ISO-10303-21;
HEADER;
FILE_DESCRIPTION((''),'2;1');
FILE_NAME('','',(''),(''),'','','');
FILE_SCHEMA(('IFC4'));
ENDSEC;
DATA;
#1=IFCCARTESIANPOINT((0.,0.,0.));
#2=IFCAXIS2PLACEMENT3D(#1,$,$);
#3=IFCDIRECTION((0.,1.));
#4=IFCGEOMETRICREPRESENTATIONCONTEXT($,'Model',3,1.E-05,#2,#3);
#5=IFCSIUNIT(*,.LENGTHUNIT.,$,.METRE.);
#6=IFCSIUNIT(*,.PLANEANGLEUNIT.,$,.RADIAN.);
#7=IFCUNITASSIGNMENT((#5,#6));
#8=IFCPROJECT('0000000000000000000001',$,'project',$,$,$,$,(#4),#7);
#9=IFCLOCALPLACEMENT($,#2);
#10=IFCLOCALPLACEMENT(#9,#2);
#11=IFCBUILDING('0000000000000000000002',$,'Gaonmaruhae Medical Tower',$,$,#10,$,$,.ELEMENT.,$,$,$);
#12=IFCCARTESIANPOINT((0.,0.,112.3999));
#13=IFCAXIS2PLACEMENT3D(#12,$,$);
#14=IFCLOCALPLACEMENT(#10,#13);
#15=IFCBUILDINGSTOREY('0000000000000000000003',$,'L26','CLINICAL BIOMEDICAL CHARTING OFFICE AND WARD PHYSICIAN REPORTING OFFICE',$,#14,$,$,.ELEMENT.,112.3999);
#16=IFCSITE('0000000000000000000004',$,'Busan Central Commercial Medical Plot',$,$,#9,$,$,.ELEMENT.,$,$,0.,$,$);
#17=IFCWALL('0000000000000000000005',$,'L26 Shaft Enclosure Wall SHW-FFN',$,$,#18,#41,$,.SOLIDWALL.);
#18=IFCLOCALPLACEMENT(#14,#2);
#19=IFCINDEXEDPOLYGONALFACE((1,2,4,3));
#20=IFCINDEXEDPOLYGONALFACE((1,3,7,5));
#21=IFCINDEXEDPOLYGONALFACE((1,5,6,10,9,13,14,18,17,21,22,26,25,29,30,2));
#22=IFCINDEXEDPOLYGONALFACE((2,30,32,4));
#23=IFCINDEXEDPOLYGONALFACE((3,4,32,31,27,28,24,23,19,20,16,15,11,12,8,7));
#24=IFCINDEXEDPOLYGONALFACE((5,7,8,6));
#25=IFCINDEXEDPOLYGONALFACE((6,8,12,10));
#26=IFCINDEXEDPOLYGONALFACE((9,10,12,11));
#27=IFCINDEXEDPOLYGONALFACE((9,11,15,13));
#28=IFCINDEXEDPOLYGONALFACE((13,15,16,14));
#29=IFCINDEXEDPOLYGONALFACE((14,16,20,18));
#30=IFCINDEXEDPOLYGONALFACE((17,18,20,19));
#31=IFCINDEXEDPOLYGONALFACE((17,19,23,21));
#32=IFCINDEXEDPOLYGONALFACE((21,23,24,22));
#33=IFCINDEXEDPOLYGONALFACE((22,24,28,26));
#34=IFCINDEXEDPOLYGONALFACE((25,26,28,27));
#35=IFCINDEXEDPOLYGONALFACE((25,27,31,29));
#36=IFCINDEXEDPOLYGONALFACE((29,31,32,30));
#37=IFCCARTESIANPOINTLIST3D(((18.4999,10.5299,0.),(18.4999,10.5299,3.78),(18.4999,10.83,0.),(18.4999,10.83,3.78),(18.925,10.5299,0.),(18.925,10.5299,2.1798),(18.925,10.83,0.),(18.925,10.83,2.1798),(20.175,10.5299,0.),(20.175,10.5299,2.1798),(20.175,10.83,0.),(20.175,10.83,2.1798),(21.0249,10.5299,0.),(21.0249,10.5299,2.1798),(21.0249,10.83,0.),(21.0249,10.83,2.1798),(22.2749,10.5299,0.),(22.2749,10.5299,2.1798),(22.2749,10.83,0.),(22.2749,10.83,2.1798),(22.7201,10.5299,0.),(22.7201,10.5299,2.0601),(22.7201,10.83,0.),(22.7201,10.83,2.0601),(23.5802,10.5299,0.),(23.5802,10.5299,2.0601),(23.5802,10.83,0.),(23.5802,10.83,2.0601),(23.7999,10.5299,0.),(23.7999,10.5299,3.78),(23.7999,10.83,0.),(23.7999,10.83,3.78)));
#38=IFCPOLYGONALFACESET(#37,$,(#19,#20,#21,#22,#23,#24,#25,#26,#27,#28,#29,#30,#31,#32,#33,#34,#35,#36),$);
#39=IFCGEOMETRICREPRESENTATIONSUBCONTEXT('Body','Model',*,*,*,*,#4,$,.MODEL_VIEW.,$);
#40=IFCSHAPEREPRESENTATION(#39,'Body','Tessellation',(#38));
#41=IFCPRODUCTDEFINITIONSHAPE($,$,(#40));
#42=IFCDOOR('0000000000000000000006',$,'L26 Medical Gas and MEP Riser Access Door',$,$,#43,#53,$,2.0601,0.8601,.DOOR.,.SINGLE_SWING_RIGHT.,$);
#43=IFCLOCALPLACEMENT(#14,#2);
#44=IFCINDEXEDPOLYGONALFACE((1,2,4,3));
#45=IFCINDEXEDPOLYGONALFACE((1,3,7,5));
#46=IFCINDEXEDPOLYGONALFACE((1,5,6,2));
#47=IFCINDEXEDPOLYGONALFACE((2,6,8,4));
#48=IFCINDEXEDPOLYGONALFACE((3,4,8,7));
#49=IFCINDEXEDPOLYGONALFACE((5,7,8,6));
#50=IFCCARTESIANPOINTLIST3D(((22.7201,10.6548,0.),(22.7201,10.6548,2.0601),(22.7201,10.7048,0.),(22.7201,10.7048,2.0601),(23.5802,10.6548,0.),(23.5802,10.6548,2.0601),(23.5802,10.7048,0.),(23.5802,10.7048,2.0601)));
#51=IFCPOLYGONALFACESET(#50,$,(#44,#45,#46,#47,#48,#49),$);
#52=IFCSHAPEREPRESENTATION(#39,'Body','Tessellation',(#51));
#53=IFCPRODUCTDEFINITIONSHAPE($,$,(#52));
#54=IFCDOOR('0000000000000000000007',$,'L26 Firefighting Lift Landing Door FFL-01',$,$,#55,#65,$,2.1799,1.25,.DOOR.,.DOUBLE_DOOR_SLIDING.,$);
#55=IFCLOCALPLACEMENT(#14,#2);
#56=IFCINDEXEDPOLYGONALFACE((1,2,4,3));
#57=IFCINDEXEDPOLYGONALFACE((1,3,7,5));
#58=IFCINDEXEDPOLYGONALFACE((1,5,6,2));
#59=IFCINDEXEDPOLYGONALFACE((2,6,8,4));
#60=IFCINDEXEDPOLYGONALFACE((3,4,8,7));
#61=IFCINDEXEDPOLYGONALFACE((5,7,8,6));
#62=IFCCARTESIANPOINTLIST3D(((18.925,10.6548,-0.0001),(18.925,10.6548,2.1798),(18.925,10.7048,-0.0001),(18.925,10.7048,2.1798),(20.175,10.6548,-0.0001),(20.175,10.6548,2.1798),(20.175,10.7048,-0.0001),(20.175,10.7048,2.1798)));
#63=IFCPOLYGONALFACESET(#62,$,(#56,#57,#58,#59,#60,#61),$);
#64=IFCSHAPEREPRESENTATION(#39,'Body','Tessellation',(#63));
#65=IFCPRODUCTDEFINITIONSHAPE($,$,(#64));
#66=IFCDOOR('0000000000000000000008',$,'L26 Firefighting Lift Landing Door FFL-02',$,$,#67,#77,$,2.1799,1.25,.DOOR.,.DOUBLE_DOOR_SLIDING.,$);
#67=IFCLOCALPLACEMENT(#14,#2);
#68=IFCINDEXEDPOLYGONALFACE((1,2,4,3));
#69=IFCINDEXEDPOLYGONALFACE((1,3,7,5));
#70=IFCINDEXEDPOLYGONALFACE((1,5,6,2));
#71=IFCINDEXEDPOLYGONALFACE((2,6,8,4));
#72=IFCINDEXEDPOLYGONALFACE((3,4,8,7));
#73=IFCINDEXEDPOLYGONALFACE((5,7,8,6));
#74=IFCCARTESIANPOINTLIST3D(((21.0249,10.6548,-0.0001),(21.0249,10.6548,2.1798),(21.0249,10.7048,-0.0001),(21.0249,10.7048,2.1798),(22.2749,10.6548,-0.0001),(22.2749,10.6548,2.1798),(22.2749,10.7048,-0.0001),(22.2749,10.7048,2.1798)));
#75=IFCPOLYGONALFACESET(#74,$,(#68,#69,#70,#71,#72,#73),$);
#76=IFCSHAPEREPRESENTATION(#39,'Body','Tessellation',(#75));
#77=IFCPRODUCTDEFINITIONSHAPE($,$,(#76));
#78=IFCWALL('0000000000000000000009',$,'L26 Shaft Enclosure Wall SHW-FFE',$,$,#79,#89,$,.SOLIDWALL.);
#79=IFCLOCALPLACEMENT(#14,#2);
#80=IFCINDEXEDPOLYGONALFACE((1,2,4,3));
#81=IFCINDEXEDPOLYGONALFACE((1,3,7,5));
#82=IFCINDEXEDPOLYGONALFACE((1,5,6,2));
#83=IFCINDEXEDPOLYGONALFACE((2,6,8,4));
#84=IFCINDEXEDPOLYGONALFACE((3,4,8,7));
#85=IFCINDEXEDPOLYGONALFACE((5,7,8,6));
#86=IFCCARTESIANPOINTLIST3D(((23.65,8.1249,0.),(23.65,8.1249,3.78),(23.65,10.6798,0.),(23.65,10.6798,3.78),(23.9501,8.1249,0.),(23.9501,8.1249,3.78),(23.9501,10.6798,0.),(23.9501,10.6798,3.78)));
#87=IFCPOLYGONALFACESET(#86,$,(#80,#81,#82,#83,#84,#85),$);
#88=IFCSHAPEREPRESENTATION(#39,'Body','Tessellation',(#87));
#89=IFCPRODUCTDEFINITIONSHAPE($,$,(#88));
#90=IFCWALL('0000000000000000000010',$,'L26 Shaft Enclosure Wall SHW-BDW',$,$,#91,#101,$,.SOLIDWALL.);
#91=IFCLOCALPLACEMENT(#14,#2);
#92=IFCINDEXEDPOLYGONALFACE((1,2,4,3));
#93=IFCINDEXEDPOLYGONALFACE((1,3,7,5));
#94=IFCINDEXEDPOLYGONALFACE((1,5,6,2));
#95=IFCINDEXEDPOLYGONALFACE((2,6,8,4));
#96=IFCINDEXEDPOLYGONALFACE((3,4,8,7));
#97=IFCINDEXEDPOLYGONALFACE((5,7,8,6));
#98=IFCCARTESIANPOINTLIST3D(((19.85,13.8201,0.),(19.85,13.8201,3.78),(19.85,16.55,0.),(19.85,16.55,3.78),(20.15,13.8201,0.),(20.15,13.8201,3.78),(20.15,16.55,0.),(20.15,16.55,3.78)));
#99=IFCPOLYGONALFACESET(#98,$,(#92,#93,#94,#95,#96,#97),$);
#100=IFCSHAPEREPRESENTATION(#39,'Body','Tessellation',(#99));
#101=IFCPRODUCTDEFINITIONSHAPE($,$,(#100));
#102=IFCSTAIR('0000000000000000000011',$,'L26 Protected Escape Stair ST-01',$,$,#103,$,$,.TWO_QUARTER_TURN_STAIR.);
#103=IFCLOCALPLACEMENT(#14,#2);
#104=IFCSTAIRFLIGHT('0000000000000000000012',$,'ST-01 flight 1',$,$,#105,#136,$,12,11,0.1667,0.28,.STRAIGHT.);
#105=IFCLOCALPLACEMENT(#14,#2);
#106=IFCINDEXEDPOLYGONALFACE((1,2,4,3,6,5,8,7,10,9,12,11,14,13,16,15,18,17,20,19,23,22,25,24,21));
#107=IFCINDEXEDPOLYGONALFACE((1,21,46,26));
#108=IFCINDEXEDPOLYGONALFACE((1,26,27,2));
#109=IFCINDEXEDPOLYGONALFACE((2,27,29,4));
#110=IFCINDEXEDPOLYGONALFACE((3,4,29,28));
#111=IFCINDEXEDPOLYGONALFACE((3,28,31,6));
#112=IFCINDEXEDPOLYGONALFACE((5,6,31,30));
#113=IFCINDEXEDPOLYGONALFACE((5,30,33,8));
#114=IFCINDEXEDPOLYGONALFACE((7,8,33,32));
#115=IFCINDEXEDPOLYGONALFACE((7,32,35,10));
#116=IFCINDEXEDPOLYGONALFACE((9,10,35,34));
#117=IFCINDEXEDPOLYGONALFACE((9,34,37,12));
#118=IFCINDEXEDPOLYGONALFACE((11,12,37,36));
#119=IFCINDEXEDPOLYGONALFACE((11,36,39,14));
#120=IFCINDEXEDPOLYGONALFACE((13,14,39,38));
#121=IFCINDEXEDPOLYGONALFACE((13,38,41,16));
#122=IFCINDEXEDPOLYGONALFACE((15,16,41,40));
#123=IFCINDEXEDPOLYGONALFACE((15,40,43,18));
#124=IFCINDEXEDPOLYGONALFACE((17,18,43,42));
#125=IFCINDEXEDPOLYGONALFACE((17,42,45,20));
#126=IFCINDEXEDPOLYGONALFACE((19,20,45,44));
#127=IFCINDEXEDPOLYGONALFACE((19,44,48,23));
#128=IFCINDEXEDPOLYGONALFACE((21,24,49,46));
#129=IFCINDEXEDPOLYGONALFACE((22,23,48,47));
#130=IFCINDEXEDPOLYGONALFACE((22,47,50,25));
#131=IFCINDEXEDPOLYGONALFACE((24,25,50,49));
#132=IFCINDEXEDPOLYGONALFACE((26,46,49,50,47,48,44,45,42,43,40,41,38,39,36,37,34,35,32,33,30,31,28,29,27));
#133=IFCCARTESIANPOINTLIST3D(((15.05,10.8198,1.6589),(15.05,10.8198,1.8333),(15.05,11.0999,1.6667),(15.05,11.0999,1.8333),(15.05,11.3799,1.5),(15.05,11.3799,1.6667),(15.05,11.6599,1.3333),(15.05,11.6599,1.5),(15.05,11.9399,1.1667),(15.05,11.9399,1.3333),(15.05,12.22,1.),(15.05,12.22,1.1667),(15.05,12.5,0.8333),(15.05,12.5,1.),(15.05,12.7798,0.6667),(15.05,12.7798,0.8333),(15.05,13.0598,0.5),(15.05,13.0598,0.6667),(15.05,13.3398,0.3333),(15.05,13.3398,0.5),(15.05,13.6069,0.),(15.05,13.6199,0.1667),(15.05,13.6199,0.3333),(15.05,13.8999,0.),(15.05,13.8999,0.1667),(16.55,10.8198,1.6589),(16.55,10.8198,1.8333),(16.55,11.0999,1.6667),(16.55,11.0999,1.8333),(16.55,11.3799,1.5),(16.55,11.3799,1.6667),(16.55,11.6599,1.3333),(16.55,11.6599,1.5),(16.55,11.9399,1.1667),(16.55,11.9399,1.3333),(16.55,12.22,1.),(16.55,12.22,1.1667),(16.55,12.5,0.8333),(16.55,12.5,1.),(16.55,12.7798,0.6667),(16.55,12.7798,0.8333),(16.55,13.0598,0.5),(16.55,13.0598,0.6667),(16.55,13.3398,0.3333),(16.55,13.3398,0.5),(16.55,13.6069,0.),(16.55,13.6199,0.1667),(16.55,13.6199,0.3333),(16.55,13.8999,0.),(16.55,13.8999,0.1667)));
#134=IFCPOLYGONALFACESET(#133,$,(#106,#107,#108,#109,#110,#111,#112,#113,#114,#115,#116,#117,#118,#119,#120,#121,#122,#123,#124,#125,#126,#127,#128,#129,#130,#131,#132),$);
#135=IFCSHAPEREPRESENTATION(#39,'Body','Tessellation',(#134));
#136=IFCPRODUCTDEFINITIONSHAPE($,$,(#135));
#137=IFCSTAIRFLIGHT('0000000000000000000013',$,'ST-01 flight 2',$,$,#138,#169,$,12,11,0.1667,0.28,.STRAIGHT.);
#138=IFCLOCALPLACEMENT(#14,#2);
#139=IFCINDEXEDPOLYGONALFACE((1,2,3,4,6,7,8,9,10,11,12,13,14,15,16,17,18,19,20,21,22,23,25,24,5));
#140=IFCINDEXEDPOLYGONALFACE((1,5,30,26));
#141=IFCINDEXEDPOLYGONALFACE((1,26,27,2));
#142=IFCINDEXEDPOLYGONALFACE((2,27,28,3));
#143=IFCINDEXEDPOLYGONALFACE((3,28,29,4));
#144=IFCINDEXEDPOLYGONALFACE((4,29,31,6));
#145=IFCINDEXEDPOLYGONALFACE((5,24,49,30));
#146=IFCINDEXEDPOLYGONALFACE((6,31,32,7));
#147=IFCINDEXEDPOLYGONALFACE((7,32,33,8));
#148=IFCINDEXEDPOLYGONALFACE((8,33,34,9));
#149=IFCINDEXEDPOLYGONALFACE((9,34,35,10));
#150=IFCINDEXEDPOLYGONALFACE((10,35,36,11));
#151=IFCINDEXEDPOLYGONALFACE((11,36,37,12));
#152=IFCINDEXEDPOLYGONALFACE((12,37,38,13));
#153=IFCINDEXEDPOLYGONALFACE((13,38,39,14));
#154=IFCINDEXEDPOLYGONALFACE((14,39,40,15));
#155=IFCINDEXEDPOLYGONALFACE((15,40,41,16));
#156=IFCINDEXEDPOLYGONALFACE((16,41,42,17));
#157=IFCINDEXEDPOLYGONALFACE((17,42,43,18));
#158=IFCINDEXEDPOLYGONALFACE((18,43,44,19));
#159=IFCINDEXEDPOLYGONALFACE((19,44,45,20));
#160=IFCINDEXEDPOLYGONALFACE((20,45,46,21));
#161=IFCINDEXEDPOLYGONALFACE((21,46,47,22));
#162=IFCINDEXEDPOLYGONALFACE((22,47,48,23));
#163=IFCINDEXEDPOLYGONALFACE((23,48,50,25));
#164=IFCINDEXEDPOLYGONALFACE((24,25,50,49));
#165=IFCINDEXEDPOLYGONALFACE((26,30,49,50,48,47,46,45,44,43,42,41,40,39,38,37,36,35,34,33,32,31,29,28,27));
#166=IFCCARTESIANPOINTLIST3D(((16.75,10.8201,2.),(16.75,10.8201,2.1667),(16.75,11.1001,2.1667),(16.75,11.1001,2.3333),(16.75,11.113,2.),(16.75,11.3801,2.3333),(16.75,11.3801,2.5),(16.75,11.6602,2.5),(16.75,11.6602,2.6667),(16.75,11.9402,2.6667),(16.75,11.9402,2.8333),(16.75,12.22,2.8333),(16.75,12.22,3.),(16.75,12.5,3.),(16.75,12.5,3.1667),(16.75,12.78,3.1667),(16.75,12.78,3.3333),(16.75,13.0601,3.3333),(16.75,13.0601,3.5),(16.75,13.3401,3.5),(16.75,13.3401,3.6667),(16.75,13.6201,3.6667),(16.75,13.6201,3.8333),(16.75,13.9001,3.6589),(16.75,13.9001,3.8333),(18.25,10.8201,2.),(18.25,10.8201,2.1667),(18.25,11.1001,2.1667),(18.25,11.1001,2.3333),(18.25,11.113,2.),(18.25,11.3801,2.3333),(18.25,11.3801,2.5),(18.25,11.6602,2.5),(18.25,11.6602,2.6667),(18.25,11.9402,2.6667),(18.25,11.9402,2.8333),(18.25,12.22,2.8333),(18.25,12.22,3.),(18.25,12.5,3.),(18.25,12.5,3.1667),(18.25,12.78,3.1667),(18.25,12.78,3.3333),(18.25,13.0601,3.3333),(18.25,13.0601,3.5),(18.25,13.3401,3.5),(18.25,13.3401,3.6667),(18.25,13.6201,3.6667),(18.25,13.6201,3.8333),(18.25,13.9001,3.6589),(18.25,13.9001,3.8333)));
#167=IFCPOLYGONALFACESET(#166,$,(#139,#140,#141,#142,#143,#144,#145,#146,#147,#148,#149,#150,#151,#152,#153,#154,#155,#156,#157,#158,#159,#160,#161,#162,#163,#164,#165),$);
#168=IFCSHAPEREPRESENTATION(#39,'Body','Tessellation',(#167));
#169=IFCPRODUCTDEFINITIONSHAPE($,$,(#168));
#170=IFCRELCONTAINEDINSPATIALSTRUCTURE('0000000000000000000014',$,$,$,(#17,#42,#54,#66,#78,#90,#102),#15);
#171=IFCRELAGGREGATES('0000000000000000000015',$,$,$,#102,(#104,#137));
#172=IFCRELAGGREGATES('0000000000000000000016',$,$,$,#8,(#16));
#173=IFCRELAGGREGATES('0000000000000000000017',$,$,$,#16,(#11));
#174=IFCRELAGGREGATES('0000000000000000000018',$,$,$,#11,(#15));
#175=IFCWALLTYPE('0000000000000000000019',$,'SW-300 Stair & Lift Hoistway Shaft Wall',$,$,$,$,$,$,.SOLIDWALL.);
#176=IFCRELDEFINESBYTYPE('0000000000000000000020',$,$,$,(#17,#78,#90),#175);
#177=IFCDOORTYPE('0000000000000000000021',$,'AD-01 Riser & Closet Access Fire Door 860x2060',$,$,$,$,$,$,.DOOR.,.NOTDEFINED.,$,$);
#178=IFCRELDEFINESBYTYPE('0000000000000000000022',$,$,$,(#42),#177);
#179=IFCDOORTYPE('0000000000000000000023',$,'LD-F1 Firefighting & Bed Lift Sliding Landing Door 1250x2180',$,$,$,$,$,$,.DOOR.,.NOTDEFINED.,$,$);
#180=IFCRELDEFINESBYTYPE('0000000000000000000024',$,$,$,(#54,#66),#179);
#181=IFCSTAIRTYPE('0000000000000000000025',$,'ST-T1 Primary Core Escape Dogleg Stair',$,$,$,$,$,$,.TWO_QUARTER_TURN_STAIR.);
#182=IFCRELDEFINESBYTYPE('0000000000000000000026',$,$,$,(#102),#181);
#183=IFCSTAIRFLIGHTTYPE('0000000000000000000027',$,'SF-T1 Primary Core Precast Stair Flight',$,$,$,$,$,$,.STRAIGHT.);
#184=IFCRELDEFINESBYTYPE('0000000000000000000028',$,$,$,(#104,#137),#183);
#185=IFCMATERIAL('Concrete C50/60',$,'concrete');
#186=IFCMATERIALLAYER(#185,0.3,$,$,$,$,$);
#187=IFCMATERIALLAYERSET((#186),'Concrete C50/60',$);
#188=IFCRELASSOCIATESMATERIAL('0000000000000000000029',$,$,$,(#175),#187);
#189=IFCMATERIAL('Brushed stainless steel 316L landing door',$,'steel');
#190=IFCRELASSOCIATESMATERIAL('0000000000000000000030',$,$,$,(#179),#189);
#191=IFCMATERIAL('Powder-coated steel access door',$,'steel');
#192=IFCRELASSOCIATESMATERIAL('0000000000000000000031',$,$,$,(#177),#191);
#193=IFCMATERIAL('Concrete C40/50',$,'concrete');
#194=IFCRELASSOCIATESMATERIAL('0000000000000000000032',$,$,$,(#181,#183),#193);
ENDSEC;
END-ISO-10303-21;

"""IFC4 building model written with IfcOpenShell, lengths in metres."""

from ifc_helpers import new_model, si_unit, direction, frame, frame_2d, origin, place, context, subcontext, project, spatial, polyline, rectangle, outline, extrude, material, layer, layer_set, type_object, element, fill, aggregate, save


model = new_model("IFC4")

# Units and contexts
model_context = context("Model", 3, precision=1e-05, world=origin(), true_north=direction((0.0, 1.0)))
body_context = subcontext(model_context, "Body", "Model", "MODEL_VIEW")
ifc_project = project(units=[si_unit("LENGTHUNIT", "METRE"), si_unit("PLANEANGLEUNIT", "RADIAN")], contexts=[model_context])

# Site, building, storey
site_placement = place(None, origin())
site = spatial("IfcSite", under=ifc_project, at=site_placement, Name="Busan Central Commercial Medical Plot", CompositionType="ELEMENT", RefElevation=0.0)
building_placement = place(site_placement, origin())
building = spatial("IfcBuilding", under=site, at=building_placement, Name="Gaonmaruhae Medical Tower", CompositionType="ELEMENT")
storey_placement = place(building_placement, frame((0.0, 0.0, 112.3999)))
storey = spatial("IfcBuildingStorey", under=building, at=storey_placement, Name="L26", Description="CLINICAL BIOMEDICAL CHARTING OFFICE AND WARD PHYSICIAN REPORTING OFFICE", CompositionType="ELEMENT", Elevation=112.3999)

# Shared definitions
ifc_material_1 = material(Name="Concrete C50/60", Category="concrete")

# Wall, openings, doors
ifc_layer_1 = layer(ifc_material_1, 0.3)
ifc_layer_set_1 = layer_set([ifc_layer_1], Name="Concrete C50/60")
wall_type_1 = type_object("IfcWallType", Name="SW-300 Stair & Lift Hoistway Shaft Wall", PredefinedType="SOLIDWALL", material=ifc_layer_set_1)
ifc_material_2 = material(Name="Brushed stainless steel 316L landing door", Category="steel")
door_type_1 = type_object("IfcDoorType", Name="LD-F1 Firefighting & Bed Lift Sliding Landing Door 1250x2180", OperationType="NOTDEFINED", PredefinedType="DOOR", material=ifc_material_2)
wall_1_placement = place(storey_placement, frame((18.5, 10.6799, 0.0), z_axis=(0.0, 0.0, 1.0), x_axis=(1.0, 0.0, 0.0)))
wall_1 = element("IfcWall", 1, at=wall_1_placement, inside=storey, type_object=wall_type_1, Name="L26 Shaft Enclosure Wall SHW-FFN", PredefinedType="SOLIDWALL", context=body_context, shape_type="SweptSolid", body=[
    extrude(rectangle(XDim=5.3, YDim=0.3, at=frame_2d((2.6499, 0.0))), origin(), (0.0, 0.0, 1.0), 3.78),
])
opening_1_placement = place(wall_1_placement, frame((4.22, 0.0, 0.0)))
opening_1 = element("IfcOpeningElement", 2, at=opening_1_placement, cuts=wall_1, PredefinedType="OPENING", context=body_context, shape_type="SweptSolid", body=[
    extrude(rectangle(XDim=0.8601, YDim=2.0601, at=frame_2d((0.4302, 1.03))), frame((0.0, 0.1602, 0.0), z_axis=(0.0, -1.0, 0.0), x_axis=(1.0, 0.0, 0.0)), (0.0, 0.0, 1.0), 0.3201),
])
opening_2_placement = place(wall_1_placement, frame((0.425, 0.0, 0.0)))
opening_2 = element("IfcOpeningElement", 3, at=opening_2_placement, cuts=wall_1, PredefinedType="OPENING", context=body_context, shape_type="SweptSolid", body=[
    extrude(rectangle(XDim=1.25, YDim=2.1799, at=frame_2d((0.625, 1.0898))), frame((0.0, 0.1602, 0.0), z_axis=(0.0, -1.0, 0.0), x_axis=(1.0, 0.0, 0.0)), (0.0, 0.0, 1.0), 0.3201),
])
opening_3_placement = place(wall_1_placement, frame((2.5249, 0.0, 0.0)))
opening_3 = element("IfcOpeningElement", 4, at=opening_3_placement, cuts=wall_1, PredefinedType="OPENING", context=body_context, shape_type="SweptSolid", body=[
    extrude(rectangle(XDim=1.25, YDim=2.1799, at=frame_2d((0.625, 1.0898))), frame((0.0, 0.1602, 0.0), z_axis=(0.0, -1.0, 0.0), x_axis=(1.0, 0.0, 0.0)), (0.0, 0.0, 1.0), 0.3201),
])
ifc_material_3 = material(Name="Powder-coated steel access door", Category="steel")
door_type_2 = type_object("IfcDoorType", Name="AD-01 Riser & Closet Access Fire Door 860x2060", OperationType="NOTDEFINED", PredefinedType="DOOR", material=ifc_material_3)
door_1_placement = place(opening_1_placement, origin())
door_1 = element("IfcDoor", 5, at=door_1_placement, inside=storey, type_object=door_type_2, Name="L26 Medical Gas and MEP Riser Access Door", OperationType="SINGLE_SWING_RIGHT", OverallHeight=2.0601, OverallWidth=0.8601, PredefinedType="DOOR", context=body_context, shape_type="SweptSolid", body=[
    extrude(rectangle(XDim=0.8601, YDim=2.0601, at=frame_2d((0.4302, 1.03))), frame((0.0, 0.0249, 0.0), z_axis=(0.0, -1.0, 0.0), x_axis=(1.0, 0.0, 0.0)), (0.0, 0.0, 1.0), 0.05),
])
fill(opening_1, door_1)
door_2_placement = place(opening_2_placement, origin())
door_2 = element("IfcDoor", 6, at=door_2_placement, inside=storey, type_object=door_type_1, Name="L26 Firefighting Lift Landing Door FFL-01", OperationType="DOUBLE_DOOR_SLIDING", OverallHeight=2.1799, OverallWidth=1.25, PredefinedType="DOOR", context=body_context, shape_type="SweptSolid", body=[
    extrude(rectangle(XDim=1.25, YDim=2.1799, at=frame_2d((0.625, 1.0898))), frame((0.0, 0.0249, 0.0), z_axis=(0.0, -1.0, 0.0), x_axis=(1.0, 0.0, 0.0)), (0.0, 0.0, 1.0), 0.05),
])
fill(opening_2, door_2)
door_3_placement = place(opening_3_placement, origin())
door_3 = element("IfcDoor", 7, at=door_3_placement, inside=storey, type_object=door_type_1, Name="L26 Firefighting Lift Landing Door FFL-02", OperationType="DOUBLE_DOOR_SLIDING", OverallHeight=2.1799, OverallWidth=1.25, PredefinedType="DOOR", context=body_context, shape_type="SweptSolid", body=[
    extrude(rectangle(XDim=1.25, YDim=2.1799, at=frame_2d((0.625, 1.0898))), frame((0.0, 0.0249, 0.0), z_axis=(0.0, -1.0, 0.0), x_axis=(1.0, 0.0, 0.0)), (0.0, 0.0, 1.0), 0.05),
])
fill(opening_3, door_3)

# Walls
wall_2_placement = place(storey_placement, frame((23.8, 8.125, 0.0), z_axis=(0.0, 0.0, 1.0), x_axis=(0.0, 1.0, 0.0)))
element("IfcWall", 8, at=wall_2_placement, inside=storey, type_object=wall_type_1, Name="L26 Shaft Enclosure Wall SHW-FFE", PredefinedType="SOLIDWALL", context=body_context, shape_type="SweptSolid", body=[
    extrude(rectangle(XDim=2.5549, YDim=0.3, at=frame_2d((1.2773, 0.0))), origin(), (0.0, 0.0, 1.0), 3.78),
])
wall_3_placement = place(storey_placement, frame((20.0, 13.8201, 0.0), z_axis=(0.0, 0.0, 1.0), x_axis=(0.0, 1.0, 0.0)))
element("IfcWall", 9, at=wall_3_placement, inside=storey, type_object=wall_type_1, Name="L26 Shaft Enclosure Wall SHW-BDW", PredefinedType="SOLIDWALL", context=body_context, shape_type="SweptSolid", body=[
    extrude(rectangle(XDim=2.73, YDim=0.3, at=frame_2d((1.365, 0.0))), origin(), (0.0, 0.0, 1.0), 3.78),
])

# Stair, stair flights
ifc_material_4 = material(Name="Concrete C40/50", Category="concrete")
stair_type = type_object("IfcStairType", Name="ST-T1 Primary Core Escape Dogleg Stair", PredefinedType="TWO_QUARTER_TURN_STAIR", material=ifc_material_4)
stair_placement = place(storey_placement, origin())
stair = element("IfcStair", 10, at=stair_placement, inside=storey, type_object=stair_type, Name="L26 Protected Escape Stair ST-01", PredefinedType="TWO_QUARTER_TURN_STAIR")
stair_flight_type = type_object("IfcStairFlightType", Name="SF-T1 Primary Core Precast Stair Flight", PredefinedType="STRAIGHT", material=ifc_material_4)
stair_flight_1_placement = place(storey_placement, frame((15.8, 13.8999, 0.0), z_axis=(0.0, 0.0, 1.0), x_axis=(0.0, -1.0, 0.0)))
stair_flight_1 = element("IfcStairFlight", 11, at=stair_flight_1_placement, type_object=stair_flight_type, Name="ST-01 flight 1", NumberOfRisers=12, NumberOfTreads=11, PredefinedType="STRAIGHT", RiserHeight=0.1667, TreadLength=0.28, context=body_context, shape_type="SweptSolid", body=[
    extrude(outline(polyline([(0.0, 0.0), (0.0, 0.1667), (0.28, 0.1667), (0.28, 0.3333), (0.5601, 0.3333), (0.5601, 0.5), (0.8401, 0.5), (0.8401, 0.6667), (1.1201, 0.6667), (1.1201, 0.8333), (1.3999, 0.8333), (1.3999, 1.0), (1.6799, 1.0), (1.6799, 1.1667), (1.96, 1.1667), (1.96, 1.3333), (2.24, 1.3333), (2.24, 1.5), (2.52, 1.5), (2.52, 1.6667), (2.8, 1.6667), (2.8, 1.8333), (3.0801, 1.8333), (3.0801, 2.0), (3.0801, 1.6589), (0.293, 0.0), (0.0, 0.0)])), frame((0.0, 0.75, 0.0), z_axis=(0.0, -1.0, 0.0), x_axis=(1.0, 0.0, 0.0)), (0.0, 0.0, 1.0), 1.5),
])
stair_flight_2_placement = place(storey_placement, frame((17.5, 10.8201, 2.0), z_axis=(0.0, 0.0, 1.0), x_axis=(0.0, 1.0, 0.0)))
stair_flight_2 = element("IfcStairFlight", 12, at=stair_flight_2_placement, type_object=stair_flight_type, Name="ST-01 flight 2", NumberOfRisers=12, NumberOfTreads=11, PredefinedType="STRAIGHT", RiserHeight=0.1667, TreadLength=0.28, context=body_context, shape_type="SweptSolid", body=[
    extrude(outline(polyline([(0.0, 0.0), (0.0, 0.1667), (0.28, 0.1667), (0.28, 0.3333), (0.5601, 0.3333), (0.5601, 0.5), (0.8401, 0.5), (0.8401, 0.6667), (1.1201, 0.6667), (1.1201, 0.8333), (1.3999, 0.8333), (1.3999, 1.0), (1.6799, 1.0), (1.6799, 1.1667), (1.96, 1.1667), (1.96, 1.3333), (2.24, 1.3333), (2.24, 1.5), (2.52, 1.5), (2.52, 1.6667), (2.8, 1.6667), (2.8, 1.8333), (3.0801, 1.8333), (3.0801, 2.0), (3.0801, 1.6589), (0.293, 0.0), (0.0, 0.0)])), frame((0.0, 0.75, 0.0), z_axis=(0.0, -1.0, 0.0), x_axis=(1.0, 0.0, 0.0)), (0.0, 0.0, 1.0), 1.5),
])
aggregate(stair, [stair_flight_1, stair_flight_2])

save(model, "model.ifc")
